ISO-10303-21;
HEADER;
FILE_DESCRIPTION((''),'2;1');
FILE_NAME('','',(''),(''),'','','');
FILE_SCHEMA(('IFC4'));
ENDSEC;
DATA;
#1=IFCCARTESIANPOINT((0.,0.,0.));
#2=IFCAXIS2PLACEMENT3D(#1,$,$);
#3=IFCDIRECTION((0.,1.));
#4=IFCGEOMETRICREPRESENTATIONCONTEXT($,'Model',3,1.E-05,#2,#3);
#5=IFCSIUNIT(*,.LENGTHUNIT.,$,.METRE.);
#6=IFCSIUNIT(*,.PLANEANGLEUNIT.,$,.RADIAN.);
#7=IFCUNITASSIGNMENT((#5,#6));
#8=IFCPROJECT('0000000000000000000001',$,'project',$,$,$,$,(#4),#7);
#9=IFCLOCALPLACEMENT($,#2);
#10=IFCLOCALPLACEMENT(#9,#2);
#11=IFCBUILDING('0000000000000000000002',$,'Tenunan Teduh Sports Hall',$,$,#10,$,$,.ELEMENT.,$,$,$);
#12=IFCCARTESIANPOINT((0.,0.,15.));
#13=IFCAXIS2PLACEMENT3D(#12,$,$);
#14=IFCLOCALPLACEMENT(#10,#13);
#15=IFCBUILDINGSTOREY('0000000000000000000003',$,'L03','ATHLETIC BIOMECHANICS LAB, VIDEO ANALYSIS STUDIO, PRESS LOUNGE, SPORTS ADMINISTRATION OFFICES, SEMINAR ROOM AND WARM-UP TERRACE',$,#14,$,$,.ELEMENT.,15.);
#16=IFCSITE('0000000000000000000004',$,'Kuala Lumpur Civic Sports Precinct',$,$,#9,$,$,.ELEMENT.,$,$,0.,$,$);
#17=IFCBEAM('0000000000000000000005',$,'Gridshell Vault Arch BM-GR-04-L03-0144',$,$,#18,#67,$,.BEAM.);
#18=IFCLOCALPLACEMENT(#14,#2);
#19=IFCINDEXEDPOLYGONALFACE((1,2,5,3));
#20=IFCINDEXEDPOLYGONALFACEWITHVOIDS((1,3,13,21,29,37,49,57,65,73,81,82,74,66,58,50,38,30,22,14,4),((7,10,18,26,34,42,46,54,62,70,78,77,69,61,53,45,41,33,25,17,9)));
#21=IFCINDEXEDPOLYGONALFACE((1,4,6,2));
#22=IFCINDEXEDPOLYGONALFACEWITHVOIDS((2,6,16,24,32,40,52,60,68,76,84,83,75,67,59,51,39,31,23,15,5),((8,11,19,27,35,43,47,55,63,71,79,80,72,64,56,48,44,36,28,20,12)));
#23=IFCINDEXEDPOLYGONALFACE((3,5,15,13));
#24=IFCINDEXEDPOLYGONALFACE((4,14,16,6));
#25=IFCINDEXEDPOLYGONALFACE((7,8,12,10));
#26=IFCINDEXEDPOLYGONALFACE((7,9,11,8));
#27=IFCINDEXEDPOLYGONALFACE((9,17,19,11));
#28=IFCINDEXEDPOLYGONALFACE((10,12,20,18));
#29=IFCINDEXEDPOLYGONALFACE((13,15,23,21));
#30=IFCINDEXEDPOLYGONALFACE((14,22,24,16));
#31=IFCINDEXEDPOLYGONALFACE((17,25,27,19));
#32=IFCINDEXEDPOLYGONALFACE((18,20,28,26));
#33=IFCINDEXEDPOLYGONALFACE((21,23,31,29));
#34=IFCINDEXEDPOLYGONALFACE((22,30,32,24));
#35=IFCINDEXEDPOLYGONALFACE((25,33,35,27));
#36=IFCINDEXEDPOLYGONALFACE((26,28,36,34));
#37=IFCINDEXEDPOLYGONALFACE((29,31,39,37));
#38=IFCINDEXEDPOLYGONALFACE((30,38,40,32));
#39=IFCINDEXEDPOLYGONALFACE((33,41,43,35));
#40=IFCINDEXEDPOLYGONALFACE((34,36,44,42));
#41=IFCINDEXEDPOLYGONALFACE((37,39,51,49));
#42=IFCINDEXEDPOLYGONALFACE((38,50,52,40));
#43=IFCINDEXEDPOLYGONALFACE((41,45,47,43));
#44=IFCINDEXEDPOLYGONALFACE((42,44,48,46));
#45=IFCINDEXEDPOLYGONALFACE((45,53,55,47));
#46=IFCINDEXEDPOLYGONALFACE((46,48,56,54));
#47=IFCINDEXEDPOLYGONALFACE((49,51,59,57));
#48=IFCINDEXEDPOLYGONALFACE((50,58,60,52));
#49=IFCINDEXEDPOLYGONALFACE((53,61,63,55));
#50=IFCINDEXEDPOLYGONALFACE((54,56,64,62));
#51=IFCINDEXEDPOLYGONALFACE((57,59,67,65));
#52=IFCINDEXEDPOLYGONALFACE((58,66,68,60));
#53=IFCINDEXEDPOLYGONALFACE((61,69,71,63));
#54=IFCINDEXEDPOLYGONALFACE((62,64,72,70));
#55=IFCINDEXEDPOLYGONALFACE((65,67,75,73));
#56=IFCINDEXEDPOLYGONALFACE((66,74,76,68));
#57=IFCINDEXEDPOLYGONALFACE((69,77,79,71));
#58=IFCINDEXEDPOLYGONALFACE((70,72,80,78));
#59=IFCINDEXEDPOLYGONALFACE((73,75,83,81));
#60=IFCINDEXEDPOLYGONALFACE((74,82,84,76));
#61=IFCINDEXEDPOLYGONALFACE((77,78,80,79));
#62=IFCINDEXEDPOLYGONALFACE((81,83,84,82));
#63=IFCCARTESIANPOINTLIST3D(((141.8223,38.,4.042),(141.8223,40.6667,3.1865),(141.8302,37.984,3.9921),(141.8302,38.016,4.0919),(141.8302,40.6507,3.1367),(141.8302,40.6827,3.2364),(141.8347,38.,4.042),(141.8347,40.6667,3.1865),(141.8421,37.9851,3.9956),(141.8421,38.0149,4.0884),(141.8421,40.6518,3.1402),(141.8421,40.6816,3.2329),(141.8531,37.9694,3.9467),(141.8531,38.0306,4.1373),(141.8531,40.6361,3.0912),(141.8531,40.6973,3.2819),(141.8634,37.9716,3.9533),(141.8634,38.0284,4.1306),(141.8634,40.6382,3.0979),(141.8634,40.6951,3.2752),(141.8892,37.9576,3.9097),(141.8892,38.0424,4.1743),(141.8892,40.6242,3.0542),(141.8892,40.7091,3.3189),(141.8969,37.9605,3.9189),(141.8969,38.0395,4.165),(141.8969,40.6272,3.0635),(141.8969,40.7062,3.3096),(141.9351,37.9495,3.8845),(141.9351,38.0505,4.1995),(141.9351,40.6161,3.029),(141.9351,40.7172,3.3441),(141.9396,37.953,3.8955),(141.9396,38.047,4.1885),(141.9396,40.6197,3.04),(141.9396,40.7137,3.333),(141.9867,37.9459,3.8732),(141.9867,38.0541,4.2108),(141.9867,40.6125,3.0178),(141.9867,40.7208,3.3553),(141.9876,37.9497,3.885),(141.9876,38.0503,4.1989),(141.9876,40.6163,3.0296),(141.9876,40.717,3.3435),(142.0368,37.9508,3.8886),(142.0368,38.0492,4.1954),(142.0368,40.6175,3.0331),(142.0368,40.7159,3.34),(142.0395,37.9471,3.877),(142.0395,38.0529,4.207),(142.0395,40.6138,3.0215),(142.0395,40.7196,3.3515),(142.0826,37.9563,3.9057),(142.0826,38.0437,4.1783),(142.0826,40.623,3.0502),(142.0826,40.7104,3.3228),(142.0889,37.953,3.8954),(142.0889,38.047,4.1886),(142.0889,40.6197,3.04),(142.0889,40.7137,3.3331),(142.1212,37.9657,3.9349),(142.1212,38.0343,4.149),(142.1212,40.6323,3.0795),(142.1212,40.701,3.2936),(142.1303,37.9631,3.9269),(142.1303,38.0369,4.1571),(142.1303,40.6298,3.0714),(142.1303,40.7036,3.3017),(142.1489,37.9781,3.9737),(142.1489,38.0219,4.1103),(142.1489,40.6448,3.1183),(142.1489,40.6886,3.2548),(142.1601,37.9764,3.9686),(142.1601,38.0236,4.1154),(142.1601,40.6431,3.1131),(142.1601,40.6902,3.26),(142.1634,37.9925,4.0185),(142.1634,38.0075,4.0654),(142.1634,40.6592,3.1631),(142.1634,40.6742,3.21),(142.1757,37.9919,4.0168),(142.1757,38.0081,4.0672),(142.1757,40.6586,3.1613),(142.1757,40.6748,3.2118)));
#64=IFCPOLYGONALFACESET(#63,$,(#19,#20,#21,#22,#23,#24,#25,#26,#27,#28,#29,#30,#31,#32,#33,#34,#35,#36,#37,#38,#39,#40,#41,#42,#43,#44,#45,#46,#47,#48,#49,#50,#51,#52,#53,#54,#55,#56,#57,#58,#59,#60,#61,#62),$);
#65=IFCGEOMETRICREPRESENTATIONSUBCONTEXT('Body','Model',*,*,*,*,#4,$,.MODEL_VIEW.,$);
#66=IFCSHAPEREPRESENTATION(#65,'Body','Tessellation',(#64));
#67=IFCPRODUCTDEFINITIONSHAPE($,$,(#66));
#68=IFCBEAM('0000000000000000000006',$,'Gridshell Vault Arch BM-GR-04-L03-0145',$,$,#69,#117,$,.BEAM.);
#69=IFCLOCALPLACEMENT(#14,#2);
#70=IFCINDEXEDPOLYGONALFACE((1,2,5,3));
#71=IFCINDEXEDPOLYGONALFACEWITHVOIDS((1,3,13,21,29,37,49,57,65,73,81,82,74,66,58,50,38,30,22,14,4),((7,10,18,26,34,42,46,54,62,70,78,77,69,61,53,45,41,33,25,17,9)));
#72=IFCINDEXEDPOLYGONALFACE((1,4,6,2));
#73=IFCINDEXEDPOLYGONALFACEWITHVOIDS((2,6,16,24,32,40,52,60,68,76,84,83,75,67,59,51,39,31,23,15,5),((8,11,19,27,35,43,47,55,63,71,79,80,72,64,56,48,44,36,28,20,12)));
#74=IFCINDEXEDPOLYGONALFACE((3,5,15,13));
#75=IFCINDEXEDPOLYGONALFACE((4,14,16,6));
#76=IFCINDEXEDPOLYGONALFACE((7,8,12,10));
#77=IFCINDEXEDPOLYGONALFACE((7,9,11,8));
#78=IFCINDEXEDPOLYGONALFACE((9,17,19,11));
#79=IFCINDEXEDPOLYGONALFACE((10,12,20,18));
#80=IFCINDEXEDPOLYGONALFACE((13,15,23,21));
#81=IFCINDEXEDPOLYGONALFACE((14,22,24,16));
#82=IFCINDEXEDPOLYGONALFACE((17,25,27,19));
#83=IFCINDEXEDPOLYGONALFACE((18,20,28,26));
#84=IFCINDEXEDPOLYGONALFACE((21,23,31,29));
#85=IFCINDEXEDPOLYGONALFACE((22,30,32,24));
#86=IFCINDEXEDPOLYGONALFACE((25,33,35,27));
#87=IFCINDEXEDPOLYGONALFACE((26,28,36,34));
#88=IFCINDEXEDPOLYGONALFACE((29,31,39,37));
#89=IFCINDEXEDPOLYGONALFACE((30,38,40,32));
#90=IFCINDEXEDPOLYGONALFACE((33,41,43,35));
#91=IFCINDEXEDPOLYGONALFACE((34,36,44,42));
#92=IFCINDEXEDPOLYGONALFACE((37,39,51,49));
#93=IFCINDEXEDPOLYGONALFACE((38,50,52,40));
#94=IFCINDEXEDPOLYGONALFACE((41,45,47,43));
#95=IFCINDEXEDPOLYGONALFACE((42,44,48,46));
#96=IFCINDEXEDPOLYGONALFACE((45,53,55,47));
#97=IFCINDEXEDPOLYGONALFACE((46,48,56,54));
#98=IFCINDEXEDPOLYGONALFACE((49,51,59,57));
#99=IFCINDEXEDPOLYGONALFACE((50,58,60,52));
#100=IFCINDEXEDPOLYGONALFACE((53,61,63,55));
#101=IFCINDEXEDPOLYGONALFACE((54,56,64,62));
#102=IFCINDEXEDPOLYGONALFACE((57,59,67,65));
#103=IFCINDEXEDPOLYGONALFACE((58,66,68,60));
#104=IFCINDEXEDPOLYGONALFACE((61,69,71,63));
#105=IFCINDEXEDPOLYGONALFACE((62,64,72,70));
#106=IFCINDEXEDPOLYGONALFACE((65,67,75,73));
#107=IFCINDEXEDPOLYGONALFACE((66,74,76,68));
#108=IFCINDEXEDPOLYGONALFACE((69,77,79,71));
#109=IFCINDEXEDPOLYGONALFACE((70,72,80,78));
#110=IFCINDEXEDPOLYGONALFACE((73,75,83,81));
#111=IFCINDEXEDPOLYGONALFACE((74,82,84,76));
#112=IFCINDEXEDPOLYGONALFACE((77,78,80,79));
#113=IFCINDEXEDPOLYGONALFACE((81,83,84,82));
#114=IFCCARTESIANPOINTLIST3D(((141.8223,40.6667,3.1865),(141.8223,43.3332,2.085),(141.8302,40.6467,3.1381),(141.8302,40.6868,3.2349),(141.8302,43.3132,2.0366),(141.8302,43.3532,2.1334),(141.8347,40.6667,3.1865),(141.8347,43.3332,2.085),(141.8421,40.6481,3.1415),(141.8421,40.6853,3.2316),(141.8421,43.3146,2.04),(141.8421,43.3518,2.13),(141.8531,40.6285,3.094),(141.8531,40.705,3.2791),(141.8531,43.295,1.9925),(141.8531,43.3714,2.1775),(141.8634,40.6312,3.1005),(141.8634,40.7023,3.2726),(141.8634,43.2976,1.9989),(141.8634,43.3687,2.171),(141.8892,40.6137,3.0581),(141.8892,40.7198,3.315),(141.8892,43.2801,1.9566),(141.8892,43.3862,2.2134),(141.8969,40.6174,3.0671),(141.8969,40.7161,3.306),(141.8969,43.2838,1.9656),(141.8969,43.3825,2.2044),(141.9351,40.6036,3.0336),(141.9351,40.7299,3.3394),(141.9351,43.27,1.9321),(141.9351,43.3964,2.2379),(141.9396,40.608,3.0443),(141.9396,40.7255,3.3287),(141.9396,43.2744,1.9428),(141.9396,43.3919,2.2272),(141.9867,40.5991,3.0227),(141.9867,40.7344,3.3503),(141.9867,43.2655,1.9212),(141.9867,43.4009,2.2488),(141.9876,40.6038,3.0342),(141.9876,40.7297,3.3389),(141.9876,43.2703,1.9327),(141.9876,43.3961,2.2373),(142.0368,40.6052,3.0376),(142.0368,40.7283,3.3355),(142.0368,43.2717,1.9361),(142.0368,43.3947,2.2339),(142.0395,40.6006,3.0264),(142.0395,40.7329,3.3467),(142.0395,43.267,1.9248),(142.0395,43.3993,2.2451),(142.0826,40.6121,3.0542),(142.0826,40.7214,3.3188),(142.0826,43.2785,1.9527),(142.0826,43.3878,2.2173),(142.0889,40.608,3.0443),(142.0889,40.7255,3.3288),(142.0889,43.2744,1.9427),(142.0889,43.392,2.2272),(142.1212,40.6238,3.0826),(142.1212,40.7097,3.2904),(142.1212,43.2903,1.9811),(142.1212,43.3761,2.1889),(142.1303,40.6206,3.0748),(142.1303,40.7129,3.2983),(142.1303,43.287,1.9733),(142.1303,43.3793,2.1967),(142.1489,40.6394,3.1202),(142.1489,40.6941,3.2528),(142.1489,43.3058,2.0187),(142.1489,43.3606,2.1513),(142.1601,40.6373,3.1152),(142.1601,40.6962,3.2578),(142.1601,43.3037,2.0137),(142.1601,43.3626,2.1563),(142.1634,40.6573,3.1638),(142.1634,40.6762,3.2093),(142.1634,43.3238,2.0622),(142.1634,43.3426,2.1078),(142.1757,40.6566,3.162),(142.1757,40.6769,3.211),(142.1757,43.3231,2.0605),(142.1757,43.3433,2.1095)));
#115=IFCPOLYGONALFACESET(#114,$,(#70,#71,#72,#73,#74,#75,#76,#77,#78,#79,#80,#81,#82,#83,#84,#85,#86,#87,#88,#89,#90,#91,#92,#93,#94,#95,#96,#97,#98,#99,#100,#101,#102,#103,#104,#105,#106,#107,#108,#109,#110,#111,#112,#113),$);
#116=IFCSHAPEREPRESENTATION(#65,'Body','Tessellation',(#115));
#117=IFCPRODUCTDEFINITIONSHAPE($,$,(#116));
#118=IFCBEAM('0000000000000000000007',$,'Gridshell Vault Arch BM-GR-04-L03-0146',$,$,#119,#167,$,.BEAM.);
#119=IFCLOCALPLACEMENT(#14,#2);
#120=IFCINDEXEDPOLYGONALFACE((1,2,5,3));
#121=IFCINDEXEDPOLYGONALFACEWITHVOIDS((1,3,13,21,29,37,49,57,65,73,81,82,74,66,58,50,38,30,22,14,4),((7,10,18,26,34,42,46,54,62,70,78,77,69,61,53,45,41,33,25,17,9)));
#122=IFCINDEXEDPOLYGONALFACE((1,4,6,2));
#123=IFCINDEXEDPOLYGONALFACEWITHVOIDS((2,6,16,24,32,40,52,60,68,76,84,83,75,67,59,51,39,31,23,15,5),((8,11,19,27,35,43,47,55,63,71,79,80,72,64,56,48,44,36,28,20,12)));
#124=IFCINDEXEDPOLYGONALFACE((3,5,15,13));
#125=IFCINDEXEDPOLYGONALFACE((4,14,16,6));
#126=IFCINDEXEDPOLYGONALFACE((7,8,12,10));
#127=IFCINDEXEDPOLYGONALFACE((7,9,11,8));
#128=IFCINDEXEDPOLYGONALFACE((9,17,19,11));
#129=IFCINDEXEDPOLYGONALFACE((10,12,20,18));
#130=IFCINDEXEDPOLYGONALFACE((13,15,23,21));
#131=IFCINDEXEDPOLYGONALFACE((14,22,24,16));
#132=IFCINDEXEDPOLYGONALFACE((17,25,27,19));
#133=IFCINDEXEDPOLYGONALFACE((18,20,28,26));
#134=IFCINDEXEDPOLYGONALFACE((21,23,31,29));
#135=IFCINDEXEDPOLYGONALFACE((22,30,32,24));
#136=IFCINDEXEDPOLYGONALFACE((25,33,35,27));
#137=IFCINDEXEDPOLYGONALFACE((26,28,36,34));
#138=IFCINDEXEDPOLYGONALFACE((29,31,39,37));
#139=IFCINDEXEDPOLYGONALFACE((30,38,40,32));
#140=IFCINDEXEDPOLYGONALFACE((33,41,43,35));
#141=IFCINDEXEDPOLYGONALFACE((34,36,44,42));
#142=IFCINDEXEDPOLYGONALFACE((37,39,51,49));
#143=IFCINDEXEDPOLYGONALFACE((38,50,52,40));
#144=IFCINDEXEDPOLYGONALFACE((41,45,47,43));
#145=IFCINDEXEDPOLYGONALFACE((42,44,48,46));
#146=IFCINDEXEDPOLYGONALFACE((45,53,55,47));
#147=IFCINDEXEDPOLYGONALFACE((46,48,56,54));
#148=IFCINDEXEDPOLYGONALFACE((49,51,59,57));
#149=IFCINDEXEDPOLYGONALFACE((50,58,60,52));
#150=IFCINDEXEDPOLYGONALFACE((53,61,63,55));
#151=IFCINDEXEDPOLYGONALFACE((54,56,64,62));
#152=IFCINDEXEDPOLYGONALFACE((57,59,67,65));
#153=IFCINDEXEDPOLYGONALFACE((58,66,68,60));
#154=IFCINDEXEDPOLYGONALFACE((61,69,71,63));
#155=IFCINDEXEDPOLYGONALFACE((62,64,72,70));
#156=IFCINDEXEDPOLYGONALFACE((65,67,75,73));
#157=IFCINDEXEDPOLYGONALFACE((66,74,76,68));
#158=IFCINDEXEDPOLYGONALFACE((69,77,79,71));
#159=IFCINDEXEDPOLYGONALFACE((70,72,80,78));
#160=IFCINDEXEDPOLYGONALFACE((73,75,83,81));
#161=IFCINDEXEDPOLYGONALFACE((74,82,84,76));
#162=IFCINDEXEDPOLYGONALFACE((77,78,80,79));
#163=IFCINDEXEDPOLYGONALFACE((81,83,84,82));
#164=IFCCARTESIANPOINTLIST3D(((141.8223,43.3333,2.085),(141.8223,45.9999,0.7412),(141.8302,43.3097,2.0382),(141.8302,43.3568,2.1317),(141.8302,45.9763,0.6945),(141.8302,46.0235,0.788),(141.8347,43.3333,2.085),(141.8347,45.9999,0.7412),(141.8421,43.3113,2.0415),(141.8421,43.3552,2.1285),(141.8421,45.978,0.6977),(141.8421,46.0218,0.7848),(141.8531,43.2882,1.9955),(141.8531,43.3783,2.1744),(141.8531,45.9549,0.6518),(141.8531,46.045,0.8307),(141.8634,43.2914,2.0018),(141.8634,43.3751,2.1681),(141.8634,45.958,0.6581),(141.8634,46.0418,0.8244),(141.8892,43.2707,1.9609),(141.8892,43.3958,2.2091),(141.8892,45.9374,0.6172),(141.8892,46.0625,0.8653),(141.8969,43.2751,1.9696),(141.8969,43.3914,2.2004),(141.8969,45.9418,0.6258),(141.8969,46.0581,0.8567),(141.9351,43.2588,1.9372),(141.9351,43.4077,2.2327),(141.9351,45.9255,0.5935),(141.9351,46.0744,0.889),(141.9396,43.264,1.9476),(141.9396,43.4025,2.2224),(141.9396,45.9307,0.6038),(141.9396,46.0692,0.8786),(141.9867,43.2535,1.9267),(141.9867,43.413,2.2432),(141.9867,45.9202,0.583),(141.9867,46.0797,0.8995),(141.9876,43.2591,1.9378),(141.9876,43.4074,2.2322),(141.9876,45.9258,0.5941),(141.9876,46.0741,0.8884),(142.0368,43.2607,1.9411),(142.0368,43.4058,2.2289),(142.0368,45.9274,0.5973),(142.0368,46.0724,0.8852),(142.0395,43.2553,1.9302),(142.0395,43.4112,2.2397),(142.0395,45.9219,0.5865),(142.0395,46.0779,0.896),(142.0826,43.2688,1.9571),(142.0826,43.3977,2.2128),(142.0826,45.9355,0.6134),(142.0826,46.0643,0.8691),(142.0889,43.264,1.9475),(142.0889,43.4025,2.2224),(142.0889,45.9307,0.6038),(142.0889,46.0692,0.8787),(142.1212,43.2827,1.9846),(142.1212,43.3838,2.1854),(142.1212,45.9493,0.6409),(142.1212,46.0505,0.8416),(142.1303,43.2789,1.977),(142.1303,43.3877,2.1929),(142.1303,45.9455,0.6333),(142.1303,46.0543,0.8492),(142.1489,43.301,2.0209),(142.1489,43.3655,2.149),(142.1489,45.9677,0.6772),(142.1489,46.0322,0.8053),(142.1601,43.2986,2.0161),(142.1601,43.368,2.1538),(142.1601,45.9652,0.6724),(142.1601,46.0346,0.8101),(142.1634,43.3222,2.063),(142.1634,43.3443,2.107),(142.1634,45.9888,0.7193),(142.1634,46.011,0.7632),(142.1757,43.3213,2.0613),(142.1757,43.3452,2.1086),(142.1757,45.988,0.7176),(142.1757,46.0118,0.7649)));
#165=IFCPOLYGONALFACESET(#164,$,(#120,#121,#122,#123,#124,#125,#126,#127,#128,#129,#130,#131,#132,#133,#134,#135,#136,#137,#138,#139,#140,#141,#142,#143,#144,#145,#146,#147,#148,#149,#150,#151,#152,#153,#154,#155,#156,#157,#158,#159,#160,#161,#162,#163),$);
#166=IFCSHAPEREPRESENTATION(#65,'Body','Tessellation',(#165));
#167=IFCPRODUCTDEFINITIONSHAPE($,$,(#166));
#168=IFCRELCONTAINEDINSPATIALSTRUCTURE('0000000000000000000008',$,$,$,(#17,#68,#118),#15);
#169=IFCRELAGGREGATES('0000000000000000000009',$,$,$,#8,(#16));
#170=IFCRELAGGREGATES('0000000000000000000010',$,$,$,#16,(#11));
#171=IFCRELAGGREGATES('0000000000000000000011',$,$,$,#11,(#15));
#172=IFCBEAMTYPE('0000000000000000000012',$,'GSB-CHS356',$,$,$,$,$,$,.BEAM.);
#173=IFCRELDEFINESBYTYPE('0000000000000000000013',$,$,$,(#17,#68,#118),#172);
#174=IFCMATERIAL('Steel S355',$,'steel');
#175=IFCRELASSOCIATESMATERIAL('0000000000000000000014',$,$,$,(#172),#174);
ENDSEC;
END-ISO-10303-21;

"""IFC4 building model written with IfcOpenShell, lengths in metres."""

from ifc_helpers import new_model, si_unit, direction, frame, origin, origin_2d, place, context, subcontext, project, spatial, hollow_circle, extrude, material, material_profile, profile_set, type_object, element, save


model = new_model("IFC4")

# Units and contexts
model_context = context("Model", 3, precision=1e-05, world=origin(), true_north=direction((0.0, 1.0)))
body_context = subcontext(model_context, "Body", "Model", "MODEL_VIEW")
ifc_project = project(units=[si_unit("LENGTHUNIT", "METRE"), si_unit("PLANEANGLEUNIT", "RADIAN")], contexts=[model_context])

# Site, building, storey
site_placement = place(None, origin())
site = spatial("IfcSite", under=ifc_project, at=site_placement, Name="Kuala Lumpur Civic Sports Precinct", CompositionType="ELEMENT", RefElevation=0.0)
building_placement = place(site_placement, origin())
building = spatial("IfcBuilding", under=site, at=building_placement, Name="Tenunan Teduh Sports Hall", CompositionType="ELEMENT")
storey_placement = place(building_placement, frame((0.0, 0.0, 15.0)))
storey = spatial("IfcBuildingStorey", under=building, at=storey_placement, Name="L03", Description="ATHLETIC BIOMECHANICS LAB, VIDEO ANALYSIS STUDIO, PRESS LOUNGE, SPORTS ADMINISTRATION OFFICES, SEMINAR ROOM AND WARM-UP TERRACE", CompositionType="ELEMENT", Elevation=15.0)

# Beams
ifc_material_1 = material(Name="Steel S355", Category="steel")
ifc_material_profile_1 = material_profile(ifc_material_1, hollow_circle(Radius=0.1777, WallThickness=0.0125, at=origin_2d()), Name="CHS 355.6x12.5")
ifc_profile_set_1 = profile_set([ifc_material_profile_1], Name="Steel S355")
beam_type_1 = type_object("IfcBeamType", Name="GSB-CHS356", PredefinedType="BEAM", material=ifc_profile_set_1)
beam_1_placement = place(storey_placement, frame((142.0, 38.0, 4.042), z_axis=(0.0, 0.952205, -0.305459), x_axis=(-1.0, 0.0, 0.0)))
element("IfcBeam", 1, at=beam_1_placement, inside=storey, type_object=beam_type_1, Name="Gridshell Vault Arch BM-GR-04-L03-0144", PredefinedType="BEAM", context=body_context, shape_type="SweptSolid", body=[
    extrude(hollow_circle(Radius=0.1777, WallThickness=0.0125, at=origin_2d()), origin(), (0.0, 0.0, 1.0), 2.8005),
])
beam_2_placement = place(storey_placement, frame((142.0, 40.6667, 3.1865), z_axis=(0.0, 0.924239, -0.381814), x_axis=(-1.0, 0.0, 0.0)))
element("IfcBeam", 2, at=beam_2_placement, inside=storey, type_object=beam_type_1, Name="Gridshell Vault Arch BM-GR-04-L03-0145", PredefinedType="BEAM", context=body_context, shape_type="SweptSolid", body=[
    extrude(hollow_circle(Radius=0.1777, WallThickness=0.0125, at=origin_2d()), origin(), (0.0, 0.0, 1.0), 2.885),
])
beam_3_placement = place(storey_placement, frame((142.0, 43.3333, 2.085), z_axis=(0.0, 0.893033, -0.449991), x_axis=(-1.0, 0.0, 0.0)))
element("IfcBeam", 3, at=beam_3_placement, inside=storey, type_object=beam_type_1, Name="Gridshell Vault Arch BM-GR-04-L03-0146", PredefinedType="BEAM", context=body_context, shape_type="SweptSolid", body=[
    extrude(hollow_circle(Radius=0.1777, WallThickness=0.0125, at=origin_2d()), origin(), (0.0, 0.0, 1.0), 2.9861),
])

save(model, "model.ifc")
